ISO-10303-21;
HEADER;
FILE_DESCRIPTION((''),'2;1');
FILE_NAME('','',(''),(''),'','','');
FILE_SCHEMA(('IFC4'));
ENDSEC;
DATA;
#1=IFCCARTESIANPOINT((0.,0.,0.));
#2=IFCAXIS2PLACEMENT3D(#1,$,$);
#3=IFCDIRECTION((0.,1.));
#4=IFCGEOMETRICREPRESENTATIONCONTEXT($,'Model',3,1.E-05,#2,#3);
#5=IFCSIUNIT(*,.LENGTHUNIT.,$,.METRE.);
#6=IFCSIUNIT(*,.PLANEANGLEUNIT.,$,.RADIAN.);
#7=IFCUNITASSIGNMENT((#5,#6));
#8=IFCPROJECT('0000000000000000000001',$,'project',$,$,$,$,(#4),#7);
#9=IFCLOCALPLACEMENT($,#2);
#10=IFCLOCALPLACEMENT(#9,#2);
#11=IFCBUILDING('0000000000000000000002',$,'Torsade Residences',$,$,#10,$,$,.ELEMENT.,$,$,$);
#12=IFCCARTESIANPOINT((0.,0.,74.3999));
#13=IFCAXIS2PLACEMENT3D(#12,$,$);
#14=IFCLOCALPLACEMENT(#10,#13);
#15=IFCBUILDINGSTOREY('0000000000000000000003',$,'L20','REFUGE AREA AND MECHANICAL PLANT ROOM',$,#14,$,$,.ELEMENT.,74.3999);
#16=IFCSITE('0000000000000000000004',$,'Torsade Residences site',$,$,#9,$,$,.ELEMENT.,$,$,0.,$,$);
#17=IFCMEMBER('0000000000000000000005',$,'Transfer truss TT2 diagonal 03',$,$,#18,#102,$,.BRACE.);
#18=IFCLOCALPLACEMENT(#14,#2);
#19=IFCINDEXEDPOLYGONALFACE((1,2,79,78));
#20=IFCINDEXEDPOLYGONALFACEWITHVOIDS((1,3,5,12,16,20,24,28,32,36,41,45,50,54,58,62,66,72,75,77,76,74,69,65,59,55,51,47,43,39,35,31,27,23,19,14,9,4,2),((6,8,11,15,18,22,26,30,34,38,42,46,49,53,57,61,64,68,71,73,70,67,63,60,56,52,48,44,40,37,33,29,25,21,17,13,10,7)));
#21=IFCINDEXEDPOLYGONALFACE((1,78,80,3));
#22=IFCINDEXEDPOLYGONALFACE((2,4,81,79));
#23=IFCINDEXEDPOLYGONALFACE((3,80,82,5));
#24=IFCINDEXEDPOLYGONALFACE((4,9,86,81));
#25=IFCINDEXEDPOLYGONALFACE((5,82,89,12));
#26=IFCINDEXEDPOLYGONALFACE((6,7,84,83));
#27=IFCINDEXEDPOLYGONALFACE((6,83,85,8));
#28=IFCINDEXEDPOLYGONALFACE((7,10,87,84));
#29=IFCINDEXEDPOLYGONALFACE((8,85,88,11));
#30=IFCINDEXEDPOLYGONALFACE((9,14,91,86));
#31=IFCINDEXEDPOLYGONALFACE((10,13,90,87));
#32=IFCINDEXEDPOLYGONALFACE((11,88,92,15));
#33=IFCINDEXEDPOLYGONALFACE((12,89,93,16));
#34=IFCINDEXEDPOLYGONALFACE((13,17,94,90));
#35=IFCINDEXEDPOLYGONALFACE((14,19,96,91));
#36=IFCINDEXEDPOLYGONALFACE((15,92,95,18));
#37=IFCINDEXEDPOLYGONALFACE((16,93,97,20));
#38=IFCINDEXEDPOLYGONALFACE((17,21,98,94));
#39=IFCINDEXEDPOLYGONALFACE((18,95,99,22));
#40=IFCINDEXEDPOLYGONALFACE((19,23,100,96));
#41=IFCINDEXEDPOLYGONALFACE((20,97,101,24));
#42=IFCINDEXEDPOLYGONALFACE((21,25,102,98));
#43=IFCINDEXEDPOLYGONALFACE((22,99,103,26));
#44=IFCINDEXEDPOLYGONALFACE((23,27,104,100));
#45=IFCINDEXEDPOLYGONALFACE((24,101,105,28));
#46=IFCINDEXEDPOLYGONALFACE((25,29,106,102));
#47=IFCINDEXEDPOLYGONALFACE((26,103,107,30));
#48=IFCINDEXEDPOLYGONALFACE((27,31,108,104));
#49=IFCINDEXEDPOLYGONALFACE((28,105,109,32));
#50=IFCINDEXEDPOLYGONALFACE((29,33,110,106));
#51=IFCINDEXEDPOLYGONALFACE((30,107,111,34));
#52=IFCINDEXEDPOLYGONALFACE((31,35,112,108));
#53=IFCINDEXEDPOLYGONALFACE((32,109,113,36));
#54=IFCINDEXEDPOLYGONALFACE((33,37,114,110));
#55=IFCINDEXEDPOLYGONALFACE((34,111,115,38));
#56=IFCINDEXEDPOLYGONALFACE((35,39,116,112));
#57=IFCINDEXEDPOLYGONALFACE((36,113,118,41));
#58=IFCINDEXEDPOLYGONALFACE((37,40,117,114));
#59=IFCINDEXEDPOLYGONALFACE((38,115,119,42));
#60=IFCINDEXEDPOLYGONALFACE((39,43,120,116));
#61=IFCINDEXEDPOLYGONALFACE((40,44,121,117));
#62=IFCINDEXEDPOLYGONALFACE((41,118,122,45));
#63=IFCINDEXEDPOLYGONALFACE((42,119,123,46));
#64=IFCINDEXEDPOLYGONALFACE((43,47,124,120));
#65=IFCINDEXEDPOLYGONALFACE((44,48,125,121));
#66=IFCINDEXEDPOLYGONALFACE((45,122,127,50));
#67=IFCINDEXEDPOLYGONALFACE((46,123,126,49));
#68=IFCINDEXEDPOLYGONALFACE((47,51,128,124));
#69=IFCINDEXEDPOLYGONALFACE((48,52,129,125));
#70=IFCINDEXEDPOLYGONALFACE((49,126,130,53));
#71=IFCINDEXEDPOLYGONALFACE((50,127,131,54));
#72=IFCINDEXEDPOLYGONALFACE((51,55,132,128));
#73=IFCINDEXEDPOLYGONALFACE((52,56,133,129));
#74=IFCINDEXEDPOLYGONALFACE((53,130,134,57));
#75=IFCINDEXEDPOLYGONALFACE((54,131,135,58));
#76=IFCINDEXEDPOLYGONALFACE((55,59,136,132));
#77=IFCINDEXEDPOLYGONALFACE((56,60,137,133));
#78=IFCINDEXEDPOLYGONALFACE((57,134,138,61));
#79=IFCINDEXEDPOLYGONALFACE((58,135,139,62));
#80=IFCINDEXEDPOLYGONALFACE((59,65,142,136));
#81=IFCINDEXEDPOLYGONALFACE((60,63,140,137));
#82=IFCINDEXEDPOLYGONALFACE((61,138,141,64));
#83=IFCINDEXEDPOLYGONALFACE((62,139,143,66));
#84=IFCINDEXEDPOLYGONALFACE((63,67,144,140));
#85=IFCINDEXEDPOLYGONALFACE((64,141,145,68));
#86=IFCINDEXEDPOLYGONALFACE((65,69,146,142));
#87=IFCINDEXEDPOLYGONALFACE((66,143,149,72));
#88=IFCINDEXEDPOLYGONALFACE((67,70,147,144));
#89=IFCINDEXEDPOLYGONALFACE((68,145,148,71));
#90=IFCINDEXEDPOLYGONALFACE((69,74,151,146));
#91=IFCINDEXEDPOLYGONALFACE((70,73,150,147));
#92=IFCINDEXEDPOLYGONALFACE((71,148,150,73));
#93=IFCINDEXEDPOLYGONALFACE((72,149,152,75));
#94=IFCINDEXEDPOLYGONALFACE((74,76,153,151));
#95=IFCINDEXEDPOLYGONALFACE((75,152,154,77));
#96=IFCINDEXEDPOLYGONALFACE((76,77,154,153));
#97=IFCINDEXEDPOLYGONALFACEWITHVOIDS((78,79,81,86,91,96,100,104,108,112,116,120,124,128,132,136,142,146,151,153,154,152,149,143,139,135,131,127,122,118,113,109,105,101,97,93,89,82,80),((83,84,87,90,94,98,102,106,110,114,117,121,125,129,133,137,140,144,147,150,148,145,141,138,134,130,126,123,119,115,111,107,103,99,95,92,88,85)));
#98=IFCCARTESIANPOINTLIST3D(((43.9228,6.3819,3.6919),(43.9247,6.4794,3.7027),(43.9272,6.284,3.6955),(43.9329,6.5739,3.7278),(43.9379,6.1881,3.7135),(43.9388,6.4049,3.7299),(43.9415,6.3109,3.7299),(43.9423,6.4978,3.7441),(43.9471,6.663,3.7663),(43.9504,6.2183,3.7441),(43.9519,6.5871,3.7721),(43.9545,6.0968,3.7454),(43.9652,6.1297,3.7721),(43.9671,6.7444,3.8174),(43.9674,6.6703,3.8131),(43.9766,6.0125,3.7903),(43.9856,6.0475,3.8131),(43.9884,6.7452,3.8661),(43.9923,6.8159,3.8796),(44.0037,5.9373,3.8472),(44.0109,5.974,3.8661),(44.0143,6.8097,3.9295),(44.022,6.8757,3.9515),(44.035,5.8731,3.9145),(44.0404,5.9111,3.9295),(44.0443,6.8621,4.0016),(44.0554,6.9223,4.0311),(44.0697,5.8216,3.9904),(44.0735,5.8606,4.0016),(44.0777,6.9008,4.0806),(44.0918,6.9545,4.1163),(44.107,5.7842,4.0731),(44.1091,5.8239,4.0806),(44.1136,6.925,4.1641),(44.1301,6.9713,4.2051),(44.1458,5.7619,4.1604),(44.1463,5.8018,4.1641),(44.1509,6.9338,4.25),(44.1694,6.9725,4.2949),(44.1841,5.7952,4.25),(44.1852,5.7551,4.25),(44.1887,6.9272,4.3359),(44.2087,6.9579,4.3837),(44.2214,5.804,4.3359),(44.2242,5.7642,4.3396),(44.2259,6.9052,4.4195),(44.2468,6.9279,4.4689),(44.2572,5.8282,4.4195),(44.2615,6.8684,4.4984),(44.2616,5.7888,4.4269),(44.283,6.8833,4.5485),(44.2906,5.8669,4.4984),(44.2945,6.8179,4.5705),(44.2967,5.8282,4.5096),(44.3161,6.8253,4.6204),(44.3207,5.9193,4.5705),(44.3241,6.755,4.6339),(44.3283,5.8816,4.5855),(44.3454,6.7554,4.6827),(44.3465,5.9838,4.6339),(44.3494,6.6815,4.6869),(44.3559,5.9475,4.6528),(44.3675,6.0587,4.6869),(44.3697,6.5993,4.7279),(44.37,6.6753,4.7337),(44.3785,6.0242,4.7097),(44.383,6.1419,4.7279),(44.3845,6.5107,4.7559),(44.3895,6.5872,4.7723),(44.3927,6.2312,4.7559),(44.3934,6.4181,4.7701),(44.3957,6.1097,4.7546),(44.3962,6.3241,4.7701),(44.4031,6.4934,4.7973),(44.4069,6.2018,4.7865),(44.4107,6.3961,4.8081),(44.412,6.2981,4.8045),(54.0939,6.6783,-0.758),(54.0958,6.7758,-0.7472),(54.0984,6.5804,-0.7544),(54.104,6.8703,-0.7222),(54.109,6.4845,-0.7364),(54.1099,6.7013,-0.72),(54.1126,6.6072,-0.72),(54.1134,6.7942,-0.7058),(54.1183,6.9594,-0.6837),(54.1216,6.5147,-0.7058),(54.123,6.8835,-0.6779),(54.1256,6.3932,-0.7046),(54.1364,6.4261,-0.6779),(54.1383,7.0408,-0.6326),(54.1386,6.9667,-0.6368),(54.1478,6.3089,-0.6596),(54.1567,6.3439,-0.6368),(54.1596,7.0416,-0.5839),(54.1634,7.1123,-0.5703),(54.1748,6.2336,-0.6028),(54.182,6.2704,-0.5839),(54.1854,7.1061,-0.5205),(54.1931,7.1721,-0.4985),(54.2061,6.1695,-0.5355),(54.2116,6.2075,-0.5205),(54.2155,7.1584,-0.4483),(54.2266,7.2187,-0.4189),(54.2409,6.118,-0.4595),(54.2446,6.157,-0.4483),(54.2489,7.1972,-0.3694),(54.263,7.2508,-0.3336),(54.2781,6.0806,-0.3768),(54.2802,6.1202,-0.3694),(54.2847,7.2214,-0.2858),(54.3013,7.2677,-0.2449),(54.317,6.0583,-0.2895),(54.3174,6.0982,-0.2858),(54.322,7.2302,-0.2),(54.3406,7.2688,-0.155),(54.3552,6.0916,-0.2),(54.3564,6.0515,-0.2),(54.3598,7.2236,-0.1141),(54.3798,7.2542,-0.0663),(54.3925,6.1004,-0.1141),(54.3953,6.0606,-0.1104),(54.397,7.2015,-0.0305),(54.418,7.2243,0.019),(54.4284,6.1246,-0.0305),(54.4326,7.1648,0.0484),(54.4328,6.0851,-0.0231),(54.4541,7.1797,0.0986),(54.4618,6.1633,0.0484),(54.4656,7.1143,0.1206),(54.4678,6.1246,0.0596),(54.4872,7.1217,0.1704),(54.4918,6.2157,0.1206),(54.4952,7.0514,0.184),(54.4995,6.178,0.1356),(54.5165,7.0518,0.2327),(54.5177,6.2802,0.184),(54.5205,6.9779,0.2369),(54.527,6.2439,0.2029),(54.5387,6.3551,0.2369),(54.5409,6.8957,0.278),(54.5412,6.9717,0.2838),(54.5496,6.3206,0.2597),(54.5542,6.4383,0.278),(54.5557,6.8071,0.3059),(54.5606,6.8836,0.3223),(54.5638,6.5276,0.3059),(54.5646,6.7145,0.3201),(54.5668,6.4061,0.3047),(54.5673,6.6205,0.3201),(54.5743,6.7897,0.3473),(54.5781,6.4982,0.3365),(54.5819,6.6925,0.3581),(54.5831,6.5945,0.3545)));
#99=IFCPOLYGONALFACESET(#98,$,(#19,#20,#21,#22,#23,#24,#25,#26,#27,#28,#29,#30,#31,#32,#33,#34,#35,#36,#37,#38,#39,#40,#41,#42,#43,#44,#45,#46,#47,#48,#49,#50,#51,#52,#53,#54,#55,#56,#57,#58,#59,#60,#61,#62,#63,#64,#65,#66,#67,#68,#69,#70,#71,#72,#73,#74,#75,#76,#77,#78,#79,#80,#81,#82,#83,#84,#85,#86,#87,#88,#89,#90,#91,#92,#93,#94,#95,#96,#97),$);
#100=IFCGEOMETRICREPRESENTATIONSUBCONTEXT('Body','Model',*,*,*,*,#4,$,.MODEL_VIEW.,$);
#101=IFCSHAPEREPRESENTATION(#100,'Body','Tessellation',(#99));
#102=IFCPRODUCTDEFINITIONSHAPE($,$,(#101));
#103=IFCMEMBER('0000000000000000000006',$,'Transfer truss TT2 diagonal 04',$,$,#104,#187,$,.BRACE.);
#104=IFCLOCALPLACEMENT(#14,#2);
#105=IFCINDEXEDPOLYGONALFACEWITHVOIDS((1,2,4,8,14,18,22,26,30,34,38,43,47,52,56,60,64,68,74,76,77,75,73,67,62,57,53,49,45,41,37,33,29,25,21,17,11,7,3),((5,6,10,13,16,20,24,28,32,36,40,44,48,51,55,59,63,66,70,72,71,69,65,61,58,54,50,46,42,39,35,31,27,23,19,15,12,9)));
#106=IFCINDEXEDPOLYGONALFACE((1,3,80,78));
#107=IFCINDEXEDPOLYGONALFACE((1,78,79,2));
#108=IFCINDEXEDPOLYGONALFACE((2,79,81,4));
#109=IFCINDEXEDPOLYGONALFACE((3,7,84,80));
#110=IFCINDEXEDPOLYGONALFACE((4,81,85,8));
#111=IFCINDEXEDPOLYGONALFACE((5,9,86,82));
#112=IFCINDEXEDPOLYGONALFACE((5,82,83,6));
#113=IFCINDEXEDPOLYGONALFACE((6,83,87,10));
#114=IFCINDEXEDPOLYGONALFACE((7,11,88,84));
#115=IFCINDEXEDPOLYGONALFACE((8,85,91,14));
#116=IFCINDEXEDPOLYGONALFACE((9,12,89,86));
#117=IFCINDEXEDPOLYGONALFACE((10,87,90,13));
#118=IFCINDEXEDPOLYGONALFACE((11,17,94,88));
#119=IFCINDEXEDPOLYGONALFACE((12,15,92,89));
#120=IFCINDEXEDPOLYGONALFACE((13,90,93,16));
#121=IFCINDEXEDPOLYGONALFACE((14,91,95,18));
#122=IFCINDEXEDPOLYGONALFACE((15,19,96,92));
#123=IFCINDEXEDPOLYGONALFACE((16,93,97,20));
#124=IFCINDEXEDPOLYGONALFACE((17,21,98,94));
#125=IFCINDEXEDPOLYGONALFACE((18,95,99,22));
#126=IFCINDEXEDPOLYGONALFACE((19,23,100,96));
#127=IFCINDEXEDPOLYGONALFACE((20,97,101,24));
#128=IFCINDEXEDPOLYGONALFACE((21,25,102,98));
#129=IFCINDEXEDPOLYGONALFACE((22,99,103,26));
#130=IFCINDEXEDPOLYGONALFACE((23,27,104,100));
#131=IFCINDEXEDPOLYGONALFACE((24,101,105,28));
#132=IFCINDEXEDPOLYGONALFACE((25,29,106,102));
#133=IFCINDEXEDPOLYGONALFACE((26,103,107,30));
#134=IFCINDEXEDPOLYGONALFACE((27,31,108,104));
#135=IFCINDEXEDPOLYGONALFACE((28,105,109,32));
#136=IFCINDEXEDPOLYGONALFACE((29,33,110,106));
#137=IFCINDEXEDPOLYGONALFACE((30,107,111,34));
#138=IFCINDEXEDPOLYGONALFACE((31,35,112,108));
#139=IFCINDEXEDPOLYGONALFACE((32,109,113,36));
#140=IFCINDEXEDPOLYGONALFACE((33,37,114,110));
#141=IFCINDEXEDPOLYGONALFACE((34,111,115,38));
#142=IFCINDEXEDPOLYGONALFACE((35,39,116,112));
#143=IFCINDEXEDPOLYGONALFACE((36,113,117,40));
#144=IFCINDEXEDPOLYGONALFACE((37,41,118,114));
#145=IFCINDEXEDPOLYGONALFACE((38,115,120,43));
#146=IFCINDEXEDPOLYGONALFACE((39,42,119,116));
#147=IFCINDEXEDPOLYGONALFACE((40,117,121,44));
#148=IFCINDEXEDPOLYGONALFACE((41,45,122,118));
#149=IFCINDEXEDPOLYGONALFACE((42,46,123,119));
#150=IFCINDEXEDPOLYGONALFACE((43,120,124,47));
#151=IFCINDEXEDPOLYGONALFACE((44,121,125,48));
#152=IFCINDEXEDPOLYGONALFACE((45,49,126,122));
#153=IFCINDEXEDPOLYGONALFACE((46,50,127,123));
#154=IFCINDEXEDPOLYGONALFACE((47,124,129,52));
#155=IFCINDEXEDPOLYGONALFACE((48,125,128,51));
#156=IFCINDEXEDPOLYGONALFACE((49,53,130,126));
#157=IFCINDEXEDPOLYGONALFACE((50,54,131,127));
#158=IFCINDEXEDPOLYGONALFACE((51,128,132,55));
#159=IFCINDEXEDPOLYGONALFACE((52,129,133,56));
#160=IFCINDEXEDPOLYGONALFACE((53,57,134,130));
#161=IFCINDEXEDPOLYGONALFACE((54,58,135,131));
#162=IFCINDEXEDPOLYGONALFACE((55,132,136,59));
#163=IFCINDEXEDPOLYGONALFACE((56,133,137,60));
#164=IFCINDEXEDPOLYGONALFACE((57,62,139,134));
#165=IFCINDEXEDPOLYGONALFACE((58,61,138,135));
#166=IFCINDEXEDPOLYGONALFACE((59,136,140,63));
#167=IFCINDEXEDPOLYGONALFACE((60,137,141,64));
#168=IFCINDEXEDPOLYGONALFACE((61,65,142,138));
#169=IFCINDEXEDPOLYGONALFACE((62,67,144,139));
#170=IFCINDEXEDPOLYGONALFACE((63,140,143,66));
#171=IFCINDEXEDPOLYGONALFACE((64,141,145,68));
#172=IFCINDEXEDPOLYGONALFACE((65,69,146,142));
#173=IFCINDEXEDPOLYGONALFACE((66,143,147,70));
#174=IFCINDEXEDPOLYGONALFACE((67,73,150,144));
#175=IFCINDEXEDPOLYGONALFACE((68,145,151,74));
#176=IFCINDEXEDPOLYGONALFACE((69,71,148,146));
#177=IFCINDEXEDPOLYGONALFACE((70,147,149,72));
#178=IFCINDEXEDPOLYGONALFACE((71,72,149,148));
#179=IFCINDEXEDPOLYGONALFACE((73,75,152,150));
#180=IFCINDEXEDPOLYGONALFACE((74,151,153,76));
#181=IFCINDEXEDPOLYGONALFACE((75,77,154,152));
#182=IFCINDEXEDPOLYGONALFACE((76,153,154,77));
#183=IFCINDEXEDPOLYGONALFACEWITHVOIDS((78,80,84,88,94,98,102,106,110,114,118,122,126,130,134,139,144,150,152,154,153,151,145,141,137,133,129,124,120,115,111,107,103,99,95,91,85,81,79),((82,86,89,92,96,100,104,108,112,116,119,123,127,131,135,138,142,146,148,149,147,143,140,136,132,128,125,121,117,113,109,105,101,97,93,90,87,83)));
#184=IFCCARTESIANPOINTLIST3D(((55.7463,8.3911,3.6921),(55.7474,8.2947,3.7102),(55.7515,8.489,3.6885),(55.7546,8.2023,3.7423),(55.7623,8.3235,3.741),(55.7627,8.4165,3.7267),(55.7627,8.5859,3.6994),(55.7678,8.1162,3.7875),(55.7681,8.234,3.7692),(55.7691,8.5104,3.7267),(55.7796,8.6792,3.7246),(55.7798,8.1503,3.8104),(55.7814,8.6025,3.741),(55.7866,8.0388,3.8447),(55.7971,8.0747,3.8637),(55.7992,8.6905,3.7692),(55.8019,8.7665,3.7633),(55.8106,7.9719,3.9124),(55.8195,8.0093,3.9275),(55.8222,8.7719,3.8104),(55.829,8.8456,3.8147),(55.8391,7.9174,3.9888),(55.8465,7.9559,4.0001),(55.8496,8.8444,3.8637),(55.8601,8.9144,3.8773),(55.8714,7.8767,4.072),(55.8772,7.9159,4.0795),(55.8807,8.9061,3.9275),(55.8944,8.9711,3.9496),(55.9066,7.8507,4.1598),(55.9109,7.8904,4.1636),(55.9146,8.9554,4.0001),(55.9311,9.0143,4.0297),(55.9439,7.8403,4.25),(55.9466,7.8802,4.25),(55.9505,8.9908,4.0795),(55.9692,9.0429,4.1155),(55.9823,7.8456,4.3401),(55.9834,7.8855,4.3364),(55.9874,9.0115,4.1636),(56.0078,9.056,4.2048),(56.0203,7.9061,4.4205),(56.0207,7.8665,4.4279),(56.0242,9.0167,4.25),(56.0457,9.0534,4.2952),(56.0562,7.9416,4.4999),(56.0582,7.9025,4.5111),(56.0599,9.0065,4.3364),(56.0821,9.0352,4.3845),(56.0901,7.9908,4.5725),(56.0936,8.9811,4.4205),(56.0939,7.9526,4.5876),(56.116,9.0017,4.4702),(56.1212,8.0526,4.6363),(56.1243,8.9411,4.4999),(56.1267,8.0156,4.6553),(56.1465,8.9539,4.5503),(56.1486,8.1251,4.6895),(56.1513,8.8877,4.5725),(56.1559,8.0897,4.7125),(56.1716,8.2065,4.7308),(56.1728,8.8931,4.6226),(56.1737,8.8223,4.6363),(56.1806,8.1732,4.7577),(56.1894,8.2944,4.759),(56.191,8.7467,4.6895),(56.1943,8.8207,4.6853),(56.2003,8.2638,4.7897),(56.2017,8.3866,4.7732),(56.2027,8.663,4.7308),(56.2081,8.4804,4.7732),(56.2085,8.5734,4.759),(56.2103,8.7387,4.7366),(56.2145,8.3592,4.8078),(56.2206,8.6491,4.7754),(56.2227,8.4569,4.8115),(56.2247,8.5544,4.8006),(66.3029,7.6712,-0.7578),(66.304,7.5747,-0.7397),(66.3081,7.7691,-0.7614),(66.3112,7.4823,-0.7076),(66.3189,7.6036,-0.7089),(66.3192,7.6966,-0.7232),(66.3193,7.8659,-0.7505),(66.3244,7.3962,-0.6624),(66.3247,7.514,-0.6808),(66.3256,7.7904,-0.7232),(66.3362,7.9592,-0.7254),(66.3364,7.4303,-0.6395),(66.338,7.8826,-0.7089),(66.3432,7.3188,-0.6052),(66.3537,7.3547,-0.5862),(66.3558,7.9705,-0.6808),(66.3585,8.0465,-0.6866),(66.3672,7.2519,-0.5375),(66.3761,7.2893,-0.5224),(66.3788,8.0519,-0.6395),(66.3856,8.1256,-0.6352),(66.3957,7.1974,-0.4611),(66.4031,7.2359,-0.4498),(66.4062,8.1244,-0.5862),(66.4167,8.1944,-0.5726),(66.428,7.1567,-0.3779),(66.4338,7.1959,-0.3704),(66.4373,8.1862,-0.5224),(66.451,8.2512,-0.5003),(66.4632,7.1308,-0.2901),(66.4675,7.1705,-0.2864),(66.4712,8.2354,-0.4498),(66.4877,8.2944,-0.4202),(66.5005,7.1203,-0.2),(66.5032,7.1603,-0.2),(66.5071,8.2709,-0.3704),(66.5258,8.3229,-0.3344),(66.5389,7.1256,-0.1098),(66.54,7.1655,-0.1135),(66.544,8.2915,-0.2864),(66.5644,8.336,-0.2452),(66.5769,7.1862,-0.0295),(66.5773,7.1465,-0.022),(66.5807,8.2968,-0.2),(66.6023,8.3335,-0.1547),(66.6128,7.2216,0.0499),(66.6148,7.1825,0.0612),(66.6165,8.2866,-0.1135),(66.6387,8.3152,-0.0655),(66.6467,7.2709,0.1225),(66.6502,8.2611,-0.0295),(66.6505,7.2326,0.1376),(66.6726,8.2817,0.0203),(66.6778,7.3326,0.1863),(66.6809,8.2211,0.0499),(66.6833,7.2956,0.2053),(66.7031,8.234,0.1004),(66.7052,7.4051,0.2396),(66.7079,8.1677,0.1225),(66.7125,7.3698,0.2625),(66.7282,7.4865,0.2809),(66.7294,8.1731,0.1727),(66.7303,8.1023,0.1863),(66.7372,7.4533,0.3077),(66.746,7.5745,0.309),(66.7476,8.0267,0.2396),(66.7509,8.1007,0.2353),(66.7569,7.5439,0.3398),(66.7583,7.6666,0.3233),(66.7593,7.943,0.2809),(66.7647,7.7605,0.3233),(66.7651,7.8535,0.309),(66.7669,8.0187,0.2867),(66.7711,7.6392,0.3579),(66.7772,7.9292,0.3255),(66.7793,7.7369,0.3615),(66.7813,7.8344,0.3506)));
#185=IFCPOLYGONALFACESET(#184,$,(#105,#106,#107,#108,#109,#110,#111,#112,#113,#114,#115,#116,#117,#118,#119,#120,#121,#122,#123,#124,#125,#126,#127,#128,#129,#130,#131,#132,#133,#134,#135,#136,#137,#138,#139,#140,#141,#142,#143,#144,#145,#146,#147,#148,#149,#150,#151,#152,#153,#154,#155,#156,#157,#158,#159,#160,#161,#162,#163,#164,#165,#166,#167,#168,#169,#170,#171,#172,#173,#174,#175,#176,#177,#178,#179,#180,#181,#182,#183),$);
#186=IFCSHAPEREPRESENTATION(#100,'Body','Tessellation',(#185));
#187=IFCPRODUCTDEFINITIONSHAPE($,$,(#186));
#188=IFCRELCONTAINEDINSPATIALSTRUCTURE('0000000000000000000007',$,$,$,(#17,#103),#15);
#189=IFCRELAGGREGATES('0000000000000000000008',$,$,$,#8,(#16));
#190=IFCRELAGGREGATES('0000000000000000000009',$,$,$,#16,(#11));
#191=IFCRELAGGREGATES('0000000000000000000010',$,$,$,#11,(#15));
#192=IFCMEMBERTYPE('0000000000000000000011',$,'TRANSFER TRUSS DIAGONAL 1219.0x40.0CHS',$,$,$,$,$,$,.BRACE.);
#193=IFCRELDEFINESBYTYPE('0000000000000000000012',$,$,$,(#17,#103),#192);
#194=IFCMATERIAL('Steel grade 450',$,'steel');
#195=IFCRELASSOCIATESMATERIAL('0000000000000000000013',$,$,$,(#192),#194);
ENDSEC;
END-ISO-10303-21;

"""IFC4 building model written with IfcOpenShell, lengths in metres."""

from ifc_helpers import new_model, si_unit, direction, frame, origin, origin_2d, place, context, subcontext, project, spatial, hollow_circle, extrude, material, material_profile, profile_set, type_object, element, save


model = new_model("IFC4")

# Units and contexts
model_context = context("Model", 3, precision=1e-05, world=origin(), true_north=direction((0.0, 1.0)))
body_context = subcontext(model_context, "Body", "Model", "MODEL_VIEW")
ifc_project = project(units=[si_unit("LENGTHUNIT", "METRE"), si_unit("PLANEANGLEUNIT", "RADIAN")], contexts=[model_context])

# Site, building, storey
site_placement = place(None, origin())
site = spatial("IfcSite", under=ifc_project, at=site_placement, Name="Torsade Residences site", CompositionType="ELEMENT", RefElevation=0.0)
building_placement = place(site_placement, origin())
building = spatial("IfcBuilding", under=site, at=building_placement, Name="Torsade Residences", CompositionType="ELEMENT")
storey_placement = place(building_placement, frame((0.0, 0.0, 74.3999)))
storey = spatial("IfcBuildingStorey", under=building, at=storey_placement, Name="L20", Description="REFUGE AREA AND MECHANICAL PLANT ROOM", CompositionType="ELEMENT", Elevation=74.3999)

# Members
ifc_material_1 = material(Name="Steel grade 450", Category="steel")
ifc_material_profile_1 = material_profile(ifc_material_1, hollow_circle(Radius=0.6096, WallThickness=0.04, at=origin_2d()), Name="1219.0x40.0CHS")
ifc_profile_set_1 = profile_set([ifc_material_profile_1], Name="Steel grade 450")
member_type_1 = type_object("IfcMemberType", Name="TRANSFER TRUSS DIAGONAL 1219.0x40.0CHS", PredefinedType="BRACE", material=ifc_profile_set_1)
member_1_placement = place(storey_placement, frame((54.3386, 6.6609, -0.2), z_axis=(-0.915829, -0.026687, 0.400682), x_axis=(0.029128, -0.999576, 0.0)))
element("IfcMember", 1, at=member_1_placement, inside=storey, type_object=member_type_1, Name="Transfer truss TT2 diagonal 03", PredefinedType="BRACE", context=body_context, shape_type="SweptSolid", body=[
    extrude(hollow_circle(Radius=0.6096, WallThickness=0.04, at=origin_2d()), origin(), (0.0, 0.0, 1.0), 11.106),
])
member_2_placement = place(storey_placement, frame((66.542, 7.7285, -0.2), z_axis=(-0.919663, 0.062722, 0.387667), x_axis=(-0.068043, -0.997682, 0.0)))
element("IfcMember", 2, at=member_2_placement, inside=storey, type_object=member_type_1, Name="Transfer truss TT2 diagonal 04", PredefinedType="BRACE", context=body_context, shape_type="SweptSolid", body=[
    extrude(hollow_circle(Radius=0.6096, WallThickness=0.04, at=origin_2d()), origin(), (0.0, 0.0, 1.0), 11.4788),
])

save(model, "model.ifc")
